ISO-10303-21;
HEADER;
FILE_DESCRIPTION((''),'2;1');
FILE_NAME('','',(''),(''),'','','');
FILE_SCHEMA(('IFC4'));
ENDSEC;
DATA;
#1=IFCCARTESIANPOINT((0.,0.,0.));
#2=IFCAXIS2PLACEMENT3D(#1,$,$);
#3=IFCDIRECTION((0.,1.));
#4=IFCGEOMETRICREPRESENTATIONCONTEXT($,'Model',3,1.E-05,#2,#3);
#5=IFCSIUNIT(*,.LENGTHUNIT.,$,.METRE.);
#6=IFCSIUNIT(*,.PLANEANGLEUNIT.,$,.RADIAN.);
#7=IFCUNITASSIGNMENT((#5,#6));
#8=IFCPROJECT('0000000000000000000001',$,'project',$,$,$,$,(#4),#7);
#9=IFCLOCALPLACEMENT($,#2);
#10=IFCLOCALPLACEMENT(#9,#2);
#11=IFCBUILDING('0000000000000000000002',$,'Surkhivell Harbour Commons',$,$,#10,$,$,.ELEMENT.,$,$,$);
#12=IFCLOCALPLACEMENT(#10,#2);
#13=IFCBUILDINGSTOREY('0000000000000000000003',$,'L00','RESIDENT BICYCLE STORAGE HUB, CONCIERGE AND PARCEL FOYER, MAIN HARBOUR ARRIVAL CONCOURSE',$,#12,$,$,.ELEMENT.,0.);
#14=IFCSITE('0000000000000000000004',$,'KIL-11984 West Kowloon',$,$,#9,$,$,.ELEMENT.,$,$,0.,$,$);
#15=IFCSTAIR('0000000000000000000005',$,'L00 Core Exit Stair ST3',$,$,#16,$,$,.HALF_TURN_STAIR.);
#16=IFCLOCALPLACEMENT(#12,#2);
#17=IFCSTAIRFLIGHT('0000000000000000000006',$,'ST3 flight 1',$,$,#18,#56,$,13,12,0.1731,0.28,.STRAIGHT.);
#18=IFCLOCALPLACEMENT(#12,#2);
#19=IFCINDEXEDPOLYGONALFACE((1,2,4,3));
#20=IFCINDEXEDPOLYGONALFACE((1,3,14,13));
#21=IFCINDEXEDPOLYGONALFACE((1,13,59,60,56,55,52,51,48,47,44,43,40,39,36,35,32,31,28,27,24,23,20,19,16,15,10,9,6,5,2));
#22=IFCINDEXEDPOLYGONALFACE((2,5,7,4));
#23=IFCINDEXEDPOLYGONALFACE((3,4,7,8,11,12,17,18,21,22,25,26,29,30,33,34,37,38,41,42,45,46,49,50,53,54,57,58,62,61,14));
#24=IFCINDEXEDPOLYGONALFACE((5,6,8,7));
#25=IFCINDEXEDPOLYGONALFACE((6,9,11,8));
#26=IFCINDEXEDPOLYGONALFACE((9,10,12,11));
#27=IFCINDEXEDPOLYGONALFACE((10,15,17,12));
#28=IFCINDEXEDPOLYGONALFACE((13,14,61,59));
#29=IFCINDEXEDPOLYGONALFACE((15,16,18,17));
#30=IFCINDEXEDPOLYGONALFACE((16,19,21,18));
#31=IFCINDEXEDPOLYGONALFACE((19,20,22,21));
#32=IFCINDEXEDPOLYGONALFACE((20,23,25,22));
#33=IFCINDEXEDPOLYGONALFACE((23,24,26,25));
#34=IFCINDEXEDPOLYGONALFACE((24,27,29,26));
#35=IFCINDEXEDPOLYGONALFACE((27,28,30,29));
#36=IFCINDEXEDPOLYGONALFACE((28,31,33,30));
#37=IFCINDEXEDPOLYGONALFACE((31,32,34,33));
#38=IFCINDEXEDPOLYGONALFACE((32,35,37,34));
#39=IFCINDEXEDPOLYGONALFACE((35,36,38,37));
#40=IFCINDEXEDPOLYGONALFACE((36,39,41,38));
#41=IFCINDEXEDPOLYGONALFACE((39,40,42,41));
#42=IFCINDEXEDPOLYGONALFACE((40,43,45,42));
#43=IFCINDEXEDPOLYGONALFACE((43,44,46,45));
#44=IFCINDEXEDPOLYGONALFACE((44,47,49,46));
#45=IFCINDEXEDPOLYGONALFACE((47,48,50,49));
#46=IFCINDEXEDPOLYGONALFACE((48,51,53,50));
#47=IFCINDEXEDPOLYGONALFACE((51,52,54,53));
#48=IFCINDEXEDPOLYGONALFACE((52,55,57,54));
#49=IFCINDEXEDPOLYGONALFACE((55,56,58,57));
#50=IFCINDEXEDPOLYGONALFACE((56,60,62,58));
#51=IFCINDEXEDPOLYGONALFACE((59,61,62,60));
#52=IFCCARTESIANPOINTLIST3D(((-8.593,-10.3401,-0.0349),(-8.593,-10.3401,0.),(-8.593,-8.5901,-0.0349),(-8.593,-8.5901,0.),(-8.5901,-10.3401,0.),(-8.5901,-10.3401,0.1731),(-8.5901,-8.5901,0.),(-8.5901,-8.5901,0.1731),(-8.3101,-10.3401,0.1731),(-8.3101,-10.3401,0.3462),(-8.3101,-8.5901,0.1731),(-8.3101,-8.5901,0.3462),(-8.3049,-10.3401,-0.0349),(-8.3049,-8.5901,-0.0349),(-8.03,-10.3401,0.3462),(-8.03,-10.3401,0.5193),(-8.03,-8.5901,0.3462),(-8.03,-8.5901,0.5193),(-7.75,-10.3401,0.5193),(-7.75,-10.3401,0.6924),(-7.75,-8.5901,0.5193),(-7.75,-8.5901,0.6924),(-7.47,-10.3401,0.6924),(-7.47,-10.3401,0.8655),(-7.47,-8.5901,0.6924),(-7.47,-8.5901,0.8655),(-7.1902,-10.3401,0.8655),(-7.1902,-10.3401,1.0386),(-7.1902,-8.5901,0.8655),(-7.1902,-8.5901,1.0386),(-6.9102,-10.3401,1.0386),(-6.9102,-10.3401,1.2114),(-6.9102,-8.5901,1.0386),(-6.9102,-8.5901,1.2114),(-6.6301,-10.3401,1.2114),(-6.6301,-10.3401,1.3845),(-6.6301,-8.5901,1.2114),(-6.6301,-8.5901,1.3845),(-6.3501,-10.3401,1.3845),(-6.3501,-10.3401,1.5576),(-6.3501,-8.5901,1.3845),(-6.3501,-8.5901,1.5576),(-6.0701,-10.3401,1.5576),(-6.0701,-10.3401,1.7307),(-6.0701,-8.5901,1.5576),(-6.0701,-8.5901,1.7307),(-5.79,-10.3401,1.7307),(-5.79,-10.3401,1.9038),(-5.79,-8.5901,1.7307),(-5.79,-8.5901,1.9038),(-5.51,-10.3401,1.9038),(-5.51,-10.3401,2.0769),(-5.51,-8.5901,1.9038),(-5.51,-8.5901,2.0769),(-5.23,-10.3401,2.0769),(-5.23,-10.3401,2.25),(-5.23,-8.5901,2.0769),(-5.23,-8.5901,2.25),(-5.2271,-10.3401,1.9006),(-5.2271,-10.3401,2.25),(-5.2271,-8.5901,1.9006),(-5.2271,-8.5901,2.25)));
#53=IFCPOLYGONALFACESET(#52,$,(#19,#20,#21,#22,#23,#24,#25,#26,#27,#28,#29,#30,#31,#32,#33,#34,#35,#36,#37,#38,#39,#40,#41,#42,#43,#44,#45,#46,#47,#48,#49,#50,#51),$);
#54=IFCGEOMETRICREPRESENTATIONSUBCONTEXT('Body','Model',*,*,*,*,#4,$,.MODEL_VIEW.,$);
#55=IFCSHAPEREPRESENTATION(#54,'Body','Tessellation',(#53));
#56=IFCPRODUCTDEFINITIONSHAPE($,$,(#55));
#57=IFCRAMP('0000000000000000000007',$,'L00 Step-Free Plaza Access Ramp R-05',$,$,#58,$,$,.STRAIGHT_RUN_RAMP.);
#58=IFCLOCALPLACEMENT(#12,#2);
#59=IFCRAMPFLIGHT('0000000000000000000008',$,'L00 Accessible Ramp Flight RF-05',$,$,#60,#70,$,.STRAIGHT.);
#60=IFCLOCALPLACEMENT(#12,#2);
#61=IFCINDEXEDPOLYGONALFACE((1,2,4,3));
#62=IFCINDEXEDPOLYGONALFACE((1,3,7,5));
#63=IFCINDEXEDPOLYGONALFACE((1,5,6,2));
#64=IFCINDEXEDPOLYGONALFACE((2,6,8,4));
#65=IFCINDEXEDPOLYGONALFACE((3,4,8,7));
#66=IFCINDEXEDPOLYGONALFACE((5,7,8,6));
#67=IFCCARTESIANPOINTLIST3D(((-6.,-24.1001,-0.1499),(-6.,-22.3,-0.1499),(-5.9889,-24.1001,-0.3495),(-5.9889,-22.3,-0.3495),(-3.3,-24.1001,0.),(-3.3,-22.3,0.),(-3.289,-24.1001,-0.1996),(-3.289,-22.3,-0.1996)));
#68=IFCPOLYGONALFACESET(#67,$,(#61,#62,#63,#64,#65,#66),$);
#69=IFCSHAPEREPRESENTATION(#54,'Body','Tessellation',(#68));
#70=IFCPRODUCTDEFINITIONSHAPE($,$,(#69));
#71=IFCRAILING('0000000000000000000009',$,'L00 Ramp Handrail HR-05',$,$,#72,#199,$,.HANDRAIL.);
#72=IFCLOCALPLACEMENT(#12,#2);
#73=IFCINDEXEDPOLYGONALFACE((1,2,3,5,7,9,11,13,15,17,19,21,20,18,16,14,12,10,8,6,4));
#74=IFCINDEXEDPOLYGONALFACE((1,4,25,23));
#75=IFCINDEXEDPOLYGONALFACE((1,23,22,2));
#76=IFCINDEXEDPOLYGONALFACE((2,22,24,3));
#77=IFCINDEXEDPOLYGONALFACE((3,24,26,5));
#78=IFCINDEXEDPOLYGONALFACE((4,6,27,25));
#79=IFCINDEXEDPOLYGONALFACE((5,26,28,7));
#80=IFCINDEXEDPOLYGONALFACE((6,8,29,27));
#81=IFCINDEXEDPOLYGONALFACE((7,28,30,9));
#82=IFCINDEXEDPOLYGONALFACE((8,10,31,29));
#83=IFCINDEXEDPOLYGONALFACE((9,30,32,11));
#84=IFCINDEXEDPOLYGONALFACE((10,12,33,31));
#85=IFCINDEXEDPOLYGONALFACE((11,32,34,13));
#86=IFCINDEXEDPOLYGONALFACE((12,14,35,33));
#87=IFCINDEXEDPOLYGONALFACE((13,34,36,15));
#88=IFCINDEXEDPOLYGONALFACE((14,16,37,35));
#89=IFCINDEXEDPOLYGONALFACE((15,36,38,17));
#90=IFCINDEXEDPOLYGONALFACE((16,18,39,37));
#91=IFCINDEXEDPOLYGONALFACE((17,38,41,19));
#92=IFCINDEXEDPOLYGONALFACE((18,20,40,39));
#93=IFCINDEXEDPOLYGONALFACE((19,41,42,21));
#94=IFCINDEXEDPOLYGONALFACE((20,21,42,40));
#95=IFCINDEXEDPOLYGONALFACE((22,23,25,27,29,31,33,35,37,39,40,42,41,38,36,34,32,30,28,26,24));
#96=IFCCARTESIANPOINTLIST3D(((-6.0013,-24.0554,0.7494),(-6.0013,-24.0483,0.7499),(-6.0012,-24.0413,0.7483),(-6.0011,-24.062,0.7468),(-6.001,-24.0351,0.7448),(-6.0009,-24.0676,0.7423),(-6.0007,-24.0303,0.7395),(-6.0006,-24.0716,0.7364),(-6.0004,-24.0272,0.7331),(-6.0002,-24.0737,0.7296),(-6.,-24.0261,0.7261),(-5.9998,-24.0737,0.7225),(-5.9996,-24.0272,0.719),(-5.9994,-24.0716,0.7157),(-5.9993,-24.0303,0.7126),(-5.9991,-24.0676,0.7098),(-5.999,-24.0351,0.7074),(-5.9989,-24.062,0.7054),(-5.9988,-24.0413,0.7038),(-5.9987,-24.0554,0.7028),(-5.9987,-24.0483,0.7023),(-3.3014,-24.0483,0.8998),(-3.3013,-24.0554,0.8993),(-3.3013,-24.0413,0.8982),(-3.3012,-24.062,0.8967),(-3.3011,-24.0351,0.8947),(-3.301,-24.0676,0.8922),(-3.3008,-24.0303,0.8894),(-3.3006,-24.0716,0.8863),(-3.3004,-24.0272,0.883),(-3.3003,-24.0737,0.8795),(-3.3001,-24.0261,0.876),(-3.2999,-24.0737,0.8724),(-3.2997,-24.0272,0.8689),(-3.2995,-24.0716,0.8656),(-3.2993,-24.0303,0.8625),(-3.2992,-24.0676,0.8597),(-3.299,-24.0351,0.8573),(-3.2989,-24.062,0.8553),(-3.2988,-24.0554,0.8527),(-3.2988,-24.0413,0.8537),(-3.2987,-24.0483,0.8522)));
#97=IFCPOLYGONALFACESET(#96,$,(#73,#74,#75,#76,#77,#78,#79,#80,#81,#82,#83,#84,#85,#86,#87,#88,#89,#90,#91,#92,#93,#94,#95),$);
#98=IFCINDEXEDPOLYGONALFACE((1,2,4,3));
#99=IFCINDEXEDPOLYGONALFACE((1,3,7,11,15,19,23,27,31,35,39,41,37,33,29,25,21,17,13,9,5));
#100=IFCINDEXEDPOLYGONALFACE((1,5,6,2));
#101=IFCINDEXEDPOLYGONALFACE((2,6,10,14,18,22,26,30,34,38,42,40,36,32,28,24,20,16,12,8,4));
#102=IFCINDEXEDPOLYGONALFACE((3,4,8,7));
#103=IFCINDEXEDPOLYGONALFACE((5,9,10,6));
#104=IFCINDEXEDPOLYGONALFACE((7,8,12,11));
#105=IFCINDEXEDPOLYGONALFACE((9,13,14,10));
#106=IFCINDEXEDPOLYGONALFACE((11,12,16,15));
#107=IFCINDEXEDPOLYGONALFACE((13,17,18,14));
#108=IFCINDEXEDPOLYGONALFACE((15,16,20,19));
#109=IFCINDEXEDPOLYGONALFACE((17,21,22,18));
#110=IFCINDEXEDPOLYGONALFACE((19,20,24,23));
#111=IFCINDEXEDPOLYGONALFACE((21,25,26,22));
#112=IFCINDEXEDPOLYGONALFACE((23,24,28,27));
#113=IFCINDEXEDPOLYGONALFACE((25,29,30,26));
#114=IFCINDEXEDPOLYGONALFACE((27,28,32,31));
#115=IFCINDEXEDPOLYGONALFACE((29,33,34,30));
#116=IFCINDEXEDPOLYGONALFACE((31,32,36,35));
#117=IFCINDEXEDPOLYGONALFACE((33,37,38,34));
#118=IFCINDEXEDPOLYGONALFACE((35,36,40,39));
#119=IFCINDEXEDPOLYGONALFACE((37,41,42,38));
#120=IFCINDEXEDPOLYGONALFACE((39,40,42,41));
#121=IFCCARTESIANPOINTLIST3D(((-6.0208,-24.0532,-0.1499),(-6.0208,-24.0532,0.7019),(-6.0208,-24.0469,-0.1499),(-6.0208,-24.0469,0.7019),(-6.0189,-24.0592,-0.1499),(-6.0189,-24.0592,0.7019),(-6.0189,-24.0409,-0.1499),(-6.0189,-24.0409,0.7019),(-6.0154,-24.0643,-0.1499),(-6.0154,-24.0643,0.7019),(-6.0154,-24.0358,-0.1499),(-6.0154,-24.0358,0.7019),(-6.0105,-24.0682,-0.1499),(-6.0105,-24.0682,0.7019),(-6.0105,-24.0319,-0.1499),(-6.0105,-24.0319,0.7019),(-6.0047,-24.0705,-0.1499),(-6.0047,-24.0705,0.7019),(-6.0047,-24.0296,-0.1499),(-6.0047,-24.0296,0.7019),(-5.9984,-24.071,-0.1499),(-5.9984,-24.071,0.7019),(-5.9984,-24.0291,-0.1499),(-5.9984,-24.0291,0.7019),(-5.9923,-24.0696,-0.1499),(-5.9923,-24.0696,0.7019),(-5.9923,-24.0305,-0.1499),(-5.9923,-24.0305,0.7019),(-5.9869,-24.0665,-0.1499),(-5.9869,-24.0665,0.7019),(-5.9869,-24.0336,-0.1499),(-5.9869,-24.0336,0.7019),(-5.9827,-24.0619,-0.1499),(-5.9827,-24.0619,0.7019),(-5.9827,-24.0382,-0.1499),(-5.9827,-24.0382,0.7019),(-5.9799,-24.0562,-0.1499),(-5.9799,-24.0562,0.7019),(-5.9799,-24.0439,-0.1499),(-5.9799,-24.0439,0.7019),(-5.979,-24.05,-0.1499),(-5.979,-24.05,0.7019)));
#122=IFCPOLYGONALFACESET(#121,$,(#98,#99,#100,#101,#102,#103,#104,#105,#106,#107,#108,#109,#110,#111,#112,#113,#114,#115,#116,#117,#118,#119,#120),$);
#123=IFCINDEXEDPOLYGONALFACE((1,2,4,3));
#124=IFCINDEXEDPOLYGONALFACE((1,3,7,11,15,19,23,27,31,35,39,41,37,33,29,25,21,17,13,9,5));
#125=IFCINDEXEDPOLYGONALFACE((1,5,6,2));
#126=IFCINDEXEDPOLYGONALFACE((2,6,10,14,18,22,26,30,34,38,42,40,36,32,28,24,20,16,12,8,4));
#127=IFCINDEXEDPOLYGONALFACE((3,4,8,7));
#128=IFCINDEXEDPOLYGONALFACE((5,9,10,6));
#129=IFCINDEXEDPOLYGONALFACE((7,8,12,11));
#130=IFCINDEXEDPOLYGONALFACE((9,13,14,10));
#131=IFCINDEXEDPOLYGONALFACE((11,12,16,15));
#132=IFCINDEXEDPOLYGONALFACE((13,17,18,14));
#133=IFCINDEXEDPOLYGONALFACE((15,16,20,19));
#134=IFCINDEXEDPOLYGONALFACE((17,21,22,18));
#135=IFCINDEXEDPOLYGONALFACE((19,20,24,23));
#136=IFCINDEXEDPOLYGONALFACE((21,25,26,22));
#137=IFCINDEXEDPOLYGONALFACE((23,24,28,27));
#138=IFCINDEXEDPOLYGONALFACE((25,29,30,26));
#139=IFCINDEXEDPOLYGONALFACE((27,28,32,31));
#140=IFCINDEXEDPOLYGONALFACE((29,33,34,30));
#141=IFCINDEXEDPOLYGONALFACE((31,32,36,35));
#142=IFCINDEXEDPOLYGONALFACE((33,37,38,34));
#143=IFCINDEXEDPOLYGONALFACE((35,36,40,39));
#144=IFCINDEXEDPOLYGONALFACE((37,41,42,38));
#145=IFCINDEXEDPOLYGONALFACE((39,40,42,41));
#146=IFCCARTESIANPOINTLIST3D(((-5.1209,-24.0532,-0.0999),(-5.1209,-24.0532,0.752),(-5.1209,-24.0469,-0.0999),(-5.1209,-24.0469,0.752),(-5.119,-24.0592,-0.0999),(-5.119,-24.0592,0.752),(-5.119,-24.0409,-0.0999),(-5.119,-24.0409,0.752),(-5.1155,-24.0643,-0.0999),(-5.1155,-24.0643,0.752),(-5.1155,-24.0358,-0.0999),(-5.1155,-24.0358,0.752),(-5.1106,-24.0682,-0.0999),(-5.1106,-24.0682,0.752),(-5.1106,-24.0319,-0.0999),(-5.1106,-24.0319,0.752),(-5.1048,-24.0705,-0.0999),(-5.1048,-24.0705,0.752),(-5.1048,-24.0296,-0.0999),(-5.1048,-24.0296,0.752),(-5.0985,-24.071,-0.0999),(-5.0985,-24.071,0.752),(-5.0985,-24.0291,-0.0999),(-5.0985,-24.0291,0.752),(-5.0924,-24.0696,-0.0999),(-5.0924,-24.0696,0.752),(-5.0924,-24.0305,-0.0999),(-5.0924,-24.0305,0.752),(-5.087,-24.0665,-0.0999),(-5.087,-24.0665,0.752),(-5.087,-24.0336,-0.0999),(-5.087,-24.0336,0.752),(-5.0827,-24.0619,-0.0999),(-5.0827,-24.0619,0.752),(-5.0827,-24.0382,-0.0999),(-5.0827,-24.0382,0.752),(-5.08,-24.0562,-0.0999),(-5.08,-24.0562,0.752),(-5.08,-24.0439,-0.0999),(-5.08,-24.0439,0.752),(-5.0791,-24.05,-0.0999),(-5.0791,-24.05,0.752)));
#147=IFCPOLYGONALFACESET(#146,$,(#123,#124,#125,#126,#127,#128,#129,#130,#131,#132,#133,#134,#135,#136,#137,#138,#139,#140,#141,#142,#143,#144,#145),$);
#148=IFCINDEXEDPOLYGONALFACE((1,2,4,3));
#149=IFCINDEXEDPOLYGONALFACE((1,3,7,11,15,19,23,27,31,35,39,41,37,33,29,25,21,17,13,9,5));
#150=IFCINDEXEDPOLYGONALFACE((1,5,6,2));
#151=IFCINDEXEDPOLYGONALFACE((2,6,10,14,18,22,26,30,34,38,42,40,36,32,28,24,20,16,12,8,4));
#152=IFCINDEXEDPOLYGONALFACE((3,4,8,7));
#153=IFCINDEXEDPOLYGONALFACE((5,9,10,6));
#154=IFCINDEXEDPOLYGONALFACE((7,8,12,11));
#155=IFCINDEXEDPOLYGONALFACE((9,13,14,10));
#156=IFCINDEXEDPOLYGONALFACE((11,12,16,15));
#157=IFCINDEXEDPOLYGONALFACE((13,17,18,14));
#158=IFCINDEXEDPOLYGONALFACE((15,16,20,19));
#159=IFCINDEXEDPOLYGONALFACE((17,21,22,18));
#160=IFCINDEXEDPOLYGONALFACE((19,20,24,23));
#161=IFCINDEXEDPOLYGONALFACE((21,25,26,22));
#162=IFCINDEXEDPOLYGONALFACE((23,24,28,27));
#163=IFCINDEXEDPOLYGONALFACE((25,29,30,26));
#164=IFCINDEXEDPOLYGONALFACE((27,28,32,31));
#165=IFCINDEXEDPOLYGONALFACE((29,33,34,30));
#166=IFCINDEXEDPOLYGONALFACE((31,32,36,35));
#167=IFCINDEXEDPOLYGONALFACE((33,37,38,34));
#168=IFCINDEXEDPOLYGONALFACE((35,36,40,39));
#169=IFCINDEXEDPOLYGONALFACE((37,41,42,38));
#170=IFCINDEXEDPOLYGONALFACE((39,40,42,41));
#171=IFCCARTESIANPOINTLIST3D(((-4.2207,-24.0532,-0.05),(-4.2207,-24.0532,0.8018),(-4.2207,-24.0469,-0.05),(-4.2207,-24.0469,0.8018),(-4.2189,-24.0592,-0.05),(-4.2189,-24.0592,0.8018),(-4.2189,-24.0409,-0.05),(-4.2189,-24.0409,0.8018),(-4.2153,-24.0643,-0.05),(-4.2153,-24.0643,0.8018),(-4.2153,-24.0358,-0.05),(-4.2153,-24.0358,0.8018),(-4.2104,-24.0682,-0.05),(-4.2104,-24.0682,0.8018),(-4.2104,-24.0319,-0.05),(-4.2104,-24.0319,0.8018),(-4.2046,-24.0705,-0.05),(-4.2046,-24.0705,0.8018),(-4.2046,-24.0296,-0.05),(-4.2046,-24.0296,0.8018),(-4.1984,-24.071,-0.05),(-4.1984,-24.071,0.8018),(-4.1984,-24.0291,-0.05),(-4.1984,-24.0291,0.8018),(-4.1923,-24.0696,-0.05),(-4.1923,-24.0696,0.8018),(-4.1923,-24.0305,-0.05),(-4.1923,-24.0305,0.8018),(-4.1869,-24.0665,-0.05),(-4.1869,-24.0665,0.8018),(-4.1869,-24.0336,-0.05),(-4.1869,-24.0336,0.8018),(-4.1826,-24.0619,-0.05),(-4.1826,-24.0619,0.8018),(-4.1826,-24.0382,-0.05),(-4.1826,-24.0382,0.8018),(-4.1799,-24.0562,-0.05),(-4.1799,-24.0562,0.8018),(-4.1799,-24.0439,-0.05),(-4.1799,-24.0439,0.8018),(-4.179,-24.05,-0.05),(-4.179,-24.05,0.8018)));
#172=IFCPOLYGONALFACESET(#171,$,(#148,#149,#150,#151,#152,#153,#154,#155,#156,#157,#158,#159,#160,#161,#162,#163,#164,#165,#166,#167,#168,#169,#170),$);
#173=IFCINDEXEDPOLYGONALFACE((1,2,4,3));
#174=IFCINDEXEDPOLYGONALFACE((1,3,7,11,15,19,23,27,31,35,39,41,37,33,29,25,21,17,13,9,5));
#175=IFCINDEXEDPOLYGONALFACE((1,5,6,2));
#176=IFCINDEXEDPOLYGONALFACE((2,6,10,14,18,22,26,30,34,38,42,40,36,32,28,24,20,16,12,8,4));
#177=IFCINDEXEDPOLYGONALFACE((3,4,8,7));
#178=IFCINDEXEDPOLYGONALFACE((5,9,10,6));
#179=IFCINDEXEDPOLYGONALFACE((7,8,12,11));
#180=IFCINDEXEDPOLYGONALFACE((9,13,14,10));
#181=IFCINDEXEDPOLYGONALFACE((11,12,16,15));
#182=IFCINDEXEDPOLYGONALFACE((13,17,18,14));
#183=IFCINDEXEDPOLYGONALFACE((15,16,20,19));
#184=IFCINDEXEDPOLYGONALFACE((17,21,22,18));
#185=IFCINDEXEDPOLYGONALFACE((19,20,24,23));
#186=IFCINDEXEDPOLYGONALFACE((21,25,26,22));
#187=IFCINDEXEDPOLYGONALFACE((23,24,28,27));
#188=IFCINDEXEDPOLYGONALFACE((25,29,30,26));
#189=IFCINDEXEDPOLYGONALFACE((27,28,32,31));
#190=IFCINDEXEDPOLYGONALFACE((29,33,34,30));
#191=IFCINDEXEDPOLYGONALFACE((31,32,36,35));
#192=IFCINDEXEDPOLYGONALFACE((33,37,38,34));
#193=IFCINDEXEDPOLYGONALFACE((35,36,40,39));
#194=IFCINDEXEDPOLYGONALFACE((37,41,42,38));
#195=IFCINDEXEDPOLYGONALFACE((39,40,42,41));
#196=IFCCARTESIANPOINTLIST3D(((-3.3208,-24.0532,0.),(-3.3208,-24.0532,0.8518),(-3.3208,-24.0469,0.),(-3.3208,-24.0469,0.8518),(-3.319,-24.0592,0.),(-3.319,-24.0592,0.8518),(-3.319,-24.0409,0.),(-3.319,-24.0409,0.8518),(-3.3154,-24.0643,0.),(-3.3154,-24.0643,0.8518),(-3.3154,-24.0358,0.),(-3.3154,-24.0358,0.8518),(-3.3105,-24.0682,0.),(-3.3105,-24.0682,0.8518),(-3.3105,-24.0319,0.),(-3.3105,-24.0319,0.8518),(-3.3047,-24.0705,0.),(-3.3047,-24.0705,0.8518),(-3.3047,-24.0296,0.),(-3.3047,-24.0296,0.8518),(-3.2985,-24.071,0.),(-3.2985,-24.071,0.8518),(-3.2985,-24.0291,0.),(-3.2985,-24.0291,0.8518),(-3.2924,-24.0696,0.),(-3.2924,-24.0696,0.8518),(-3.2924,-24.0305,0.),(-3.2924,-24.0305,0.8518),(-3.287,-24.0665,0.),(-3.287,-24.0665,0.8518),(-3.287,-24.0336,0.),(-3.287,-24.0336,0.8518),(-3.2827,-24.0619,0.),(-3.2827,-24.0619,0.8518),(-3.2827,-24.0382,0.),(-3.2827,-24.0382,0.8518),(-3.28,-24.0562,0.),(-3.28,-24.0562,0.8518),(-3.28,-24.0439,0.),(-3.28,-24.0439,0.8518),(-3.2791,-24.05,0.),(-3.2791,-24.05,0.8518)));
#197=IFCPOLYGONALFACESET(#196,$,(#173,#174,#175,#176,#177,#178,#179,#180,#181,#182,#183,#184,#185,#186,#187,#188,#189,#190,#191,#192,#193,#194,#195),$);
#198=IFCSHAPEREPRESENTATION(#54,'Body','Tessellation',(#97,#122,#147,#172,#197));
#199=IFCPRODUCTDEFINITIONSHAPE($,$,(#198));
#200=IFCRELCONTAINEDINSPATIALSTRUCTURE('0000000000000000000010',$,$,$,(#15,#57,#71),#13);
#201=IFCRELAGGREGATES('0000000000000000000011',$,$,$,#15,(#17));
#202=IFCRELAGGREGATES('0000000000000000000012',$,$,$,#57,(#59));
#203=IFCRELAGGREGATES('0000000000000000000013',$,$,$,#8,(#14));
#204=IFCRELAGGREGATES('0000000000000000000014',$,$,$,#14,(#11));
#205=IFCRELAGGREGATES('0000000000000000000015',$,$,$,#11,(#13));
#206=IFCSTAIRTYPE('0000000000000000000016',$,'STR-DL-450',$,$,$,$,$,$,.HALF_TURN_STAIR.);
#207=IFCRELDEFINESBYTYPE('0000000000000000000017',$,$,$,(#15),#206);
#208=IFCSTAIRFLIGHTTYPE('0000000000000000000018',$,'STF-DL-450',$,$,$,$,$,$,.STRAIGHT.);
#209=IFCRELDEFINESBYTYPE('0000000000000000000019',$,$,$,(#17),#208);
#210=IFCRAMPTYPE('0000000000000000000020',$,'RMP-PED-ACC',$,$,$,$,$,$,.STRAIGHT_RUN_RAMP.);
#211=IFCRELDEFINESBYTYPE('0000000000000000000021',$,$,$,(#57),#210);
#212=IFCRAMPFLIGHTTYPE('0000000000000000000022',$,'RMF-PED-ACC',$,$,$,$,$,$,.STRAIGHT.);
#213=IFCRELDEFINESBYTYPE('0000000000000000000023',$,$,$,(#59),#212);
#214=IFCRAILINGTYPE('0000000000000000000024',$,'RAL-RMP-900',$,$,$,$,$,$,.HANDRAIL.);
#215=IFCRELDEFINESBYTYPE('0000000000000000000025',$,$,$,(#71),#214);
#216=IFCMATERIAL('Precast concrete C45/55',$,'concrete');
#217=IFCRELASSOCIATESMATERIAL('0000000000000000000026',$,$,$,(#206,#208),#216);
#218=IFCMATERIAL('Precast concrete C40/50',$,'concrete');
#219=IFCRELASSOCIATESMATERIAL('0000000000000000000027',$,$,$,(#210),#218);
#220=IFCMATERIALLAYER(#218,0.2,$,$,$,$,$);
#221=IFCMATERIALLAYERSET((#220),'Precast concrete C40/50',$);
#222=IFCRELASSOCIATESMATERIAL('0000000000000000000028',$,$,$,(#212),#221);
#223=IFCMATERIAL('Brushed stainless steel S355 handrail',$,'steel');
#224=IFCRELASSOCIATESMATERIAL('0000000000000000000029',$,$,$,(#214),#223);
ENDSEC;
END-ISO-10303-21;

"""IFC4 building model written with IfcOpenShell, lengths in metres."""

from ifc_helpers import new_model, si_unit, direction, frame, origin, origin_2d, place, context, subcontext, project, spatial, polyline, circle, outline, extrude, material, layer, layer_set, type_object, element, aggregate, save


model = new_model("IFC4")

# Units and contexts
model_context = context("Model", 3, precision=1e-05, world=origin(), true_north=direction((0.0, 1.0)))
body_context = subcontext(model_context, "Body", "Model", "MODEL_VIEW")
ifc_project = project(units=[si_unit("LENGTHUNIT", "METRE"), si_unit("PLANEANGLEUNIT", "RADIAN")], contexts=[model_context])

# Site, building, storey
site_placement = place(None, origin())
site = spatial("IfcSite", under=ifc_project, at=site_placement, Name="KIL-11984 West Kowloon", CompositionType="ELEMENT", RefElevation=0.0)
building_placement = place(site_placement, origin())
building = spatial("IfcBuilding", under=site, at=building_placement, Name="Surkhivell Harbour Commons", CompositionType="ELEMENT")
storey_placement = place(building_placement, origin())
storey = spatial("IfcBuildingStorey", under=building, at=storey_placement, Name="L00", Description="RESIDENT BICYCLE STORAGE HUB, CONCIERGE AND PARCEL FOYER, MAIN HARBOUR ARRIVAL CONCOURSE", CompositionType="ELEMENT", Elevation=0.0)

# Stair, stair flight
ifc_material_1 = material(Name="Precast concrete C45/55", Category="concrete")
stair_type = type_object("IfcStairType", Name="STR-DL-450", PredefinedType="HALF_TURN_STAIR", material=ifc_material_1)
stair_placement = place(storey_placement, origin())
stair = element("IfcStair", 1, at=stair_placement, inside=storey, type_object=stair_type, Name="L00 Core Exit Stair ST3", PredefinedType="HALF_TURN_STAIR")
stair_flight_type = type_object("IfcStairFlightType", Name="STF-DL-450", PredefinedType="STRAIGHT", material=ifc_material_1)
stair_flight_placement = place(storey_placement, frame((-8.5901, -9.4651, 0.0), z_axis=(0.0, 0.0, 1.0), x_axis=(1.0, 0.0, 0.0)))
stair_flight = element("IfcStairFlight", 2, at=stair_flight_placement, type_object=stair_flight_type, Name="ST3 flight 1", NumberOfRisers=13, NumberOfTreads=12, PredefinedType="STRAIGHT", RiserHeight=0.1731, TreadLength=0.28, context=body_context, shape_type="SweptSolid", body=[
    extrude(outline(polyline([(-0.0029, -0.0349), (-0.0029, 0.0), (0.0, 0.0), (0.0, 0.1731), (0.28, 0.1731), (0.28, 0.3462), (0.5601, 0.3462), (0.5601, 0.5193), (0.8401, 0.5193), (0.8401, 0.6924), (1.1201, 0.6924), (1.1201, 0.8655), (1.3999, 0.8655), (1.3999, 1.0386), (1.6799, 1.0386), (1.6799, 1.2114), (1.96, 1.2114), (1.96, 1.3845), (2.24, 1.3845), (2.24, 1.5576), (2.52, 1.5576), (2.52, 1.7307), (2.8, 1.7307), (2.8, 1.9038), (3.0801, 1.9038), (3.0801, 2.0769), (3.3601, 2.0769), (3.3601, 2.25), (3.363, 2.25), (3.363, 1.9006), (0.2852, -0.0349), (-0.0029, -0.0349)])), frame((0.0, 0.875, 0.0), z_axis=(0.0, -1.0, 0.0), x_axis=(1.0, 0.0, 0.0)), (0.0, 0.0, 1.0), 1.75),
])
aggregate(stair, [stair_flight])

# Ramp, ramp flight
ifc_material_2 = material(Name="Precast concrete C40/50", Category="concrete")
ramp_type = type_object("IfcRampType", Name="RMP-PED-ACC", PredefinedType="STRAIGHT_RUN_RAMP", material=ifc_material_2)
ramp_placement = place(storey_placement, origin())
ramp = element("IfcRamp", 3, at=ramp_placement, inside=storey, type_object=ramp_type, Name="L00 Step-Free Plaza Access Ramp R-05", PredefinedType="STRAIGHT_RUN_RAMP")
ifc_layer_1 = layer(ifc_material_2, 0.2)
ifc_layer_set_1 = layer_set([ifc_layer_1], Name="Precast concrete C40/50")
ramp_flight_type = type_object("IfcRampFlightType", Name="RMF-PED-ACC", PredefinedType="STRAIGHT", material=ifc_layer_set_1)
ramp_flight_placement = place(storey_placement, frame((-6.0, -24.1001, -0.1499), z_axis=(-0.055435, 0.0, 0.998462), x_axis=(0.998462, 0.0, 0.055435)))
ramp_flight = element("IfcRampFlight", 4, at=ramp_flight_placement, type_object=ramp_flight_type, Name="L00 Accessible Ramp Flight RF-05", PredefinedType="STRAIGHT", context=body_context, shape_type="SweptSolid", body=[
    extrude(outline(polyline([(0.0, 0.0), (2.7041, 0.0), (2.7041, 1.8), (0.0, 1.8), (0.0, 0.0)])), origin(), (0.0, 0.0, -1.0), 0.2),
])
aggregate(ramp, [ramp_flight])

# Railing
ifc_material_3 = material(Name="Brushed stainless steel S355 handrail", Category="steel")
railing_type_1 = type_object("IfcRailingType", Name="RAL-RMP-900", PredefinedType="HANDRAIL", material=ifc_material_3)
railing_1_placement = place(storey_placement, frame((-6.0, -24.05, -0.1499)))
element("IfcRailing", 5, at=railing_1_placement, inside=storey, type_object=railing_type_1, Name="L00 Ramp Handrail HR-05", PredefinedType="HANDRAIL", context=body_context, shape_type="SweptSolid", body=[
    extrude(circle(Radius=0.0239, at=origin_2d()), frame((0.0, 0.0, 0.876), z_axis=(0.998462, 0.0, 0.055435), x_axis=(0.0, 1.0, 0.0)), (0.0, 0.0, 1.0), 2.7041),
    extrude(circle(Radius=0.021, at=origin_2d()), origin(), (0.0, 0.0, 1.0), 0.8518),
    extrude(circle(Radius=0.021, at=origin_2d()), frame((0.8999, 0.0, 0.05)), (0.0, 0.0, 1.0), 0.8518),
    extrude(circle(Radius=0.021, at=origin_2d()), frame((1.8, 0.0, 0.0999)), (0.0, 0.0, 1.0), 0.8518),
    extrude(circle(Radius=0.021, at=origin_2d()), frame((2.7, 0.0, 0.1499)), (0.0, 0.0, 1.0), 0.8518),
])

save(model, "model.ifc")
